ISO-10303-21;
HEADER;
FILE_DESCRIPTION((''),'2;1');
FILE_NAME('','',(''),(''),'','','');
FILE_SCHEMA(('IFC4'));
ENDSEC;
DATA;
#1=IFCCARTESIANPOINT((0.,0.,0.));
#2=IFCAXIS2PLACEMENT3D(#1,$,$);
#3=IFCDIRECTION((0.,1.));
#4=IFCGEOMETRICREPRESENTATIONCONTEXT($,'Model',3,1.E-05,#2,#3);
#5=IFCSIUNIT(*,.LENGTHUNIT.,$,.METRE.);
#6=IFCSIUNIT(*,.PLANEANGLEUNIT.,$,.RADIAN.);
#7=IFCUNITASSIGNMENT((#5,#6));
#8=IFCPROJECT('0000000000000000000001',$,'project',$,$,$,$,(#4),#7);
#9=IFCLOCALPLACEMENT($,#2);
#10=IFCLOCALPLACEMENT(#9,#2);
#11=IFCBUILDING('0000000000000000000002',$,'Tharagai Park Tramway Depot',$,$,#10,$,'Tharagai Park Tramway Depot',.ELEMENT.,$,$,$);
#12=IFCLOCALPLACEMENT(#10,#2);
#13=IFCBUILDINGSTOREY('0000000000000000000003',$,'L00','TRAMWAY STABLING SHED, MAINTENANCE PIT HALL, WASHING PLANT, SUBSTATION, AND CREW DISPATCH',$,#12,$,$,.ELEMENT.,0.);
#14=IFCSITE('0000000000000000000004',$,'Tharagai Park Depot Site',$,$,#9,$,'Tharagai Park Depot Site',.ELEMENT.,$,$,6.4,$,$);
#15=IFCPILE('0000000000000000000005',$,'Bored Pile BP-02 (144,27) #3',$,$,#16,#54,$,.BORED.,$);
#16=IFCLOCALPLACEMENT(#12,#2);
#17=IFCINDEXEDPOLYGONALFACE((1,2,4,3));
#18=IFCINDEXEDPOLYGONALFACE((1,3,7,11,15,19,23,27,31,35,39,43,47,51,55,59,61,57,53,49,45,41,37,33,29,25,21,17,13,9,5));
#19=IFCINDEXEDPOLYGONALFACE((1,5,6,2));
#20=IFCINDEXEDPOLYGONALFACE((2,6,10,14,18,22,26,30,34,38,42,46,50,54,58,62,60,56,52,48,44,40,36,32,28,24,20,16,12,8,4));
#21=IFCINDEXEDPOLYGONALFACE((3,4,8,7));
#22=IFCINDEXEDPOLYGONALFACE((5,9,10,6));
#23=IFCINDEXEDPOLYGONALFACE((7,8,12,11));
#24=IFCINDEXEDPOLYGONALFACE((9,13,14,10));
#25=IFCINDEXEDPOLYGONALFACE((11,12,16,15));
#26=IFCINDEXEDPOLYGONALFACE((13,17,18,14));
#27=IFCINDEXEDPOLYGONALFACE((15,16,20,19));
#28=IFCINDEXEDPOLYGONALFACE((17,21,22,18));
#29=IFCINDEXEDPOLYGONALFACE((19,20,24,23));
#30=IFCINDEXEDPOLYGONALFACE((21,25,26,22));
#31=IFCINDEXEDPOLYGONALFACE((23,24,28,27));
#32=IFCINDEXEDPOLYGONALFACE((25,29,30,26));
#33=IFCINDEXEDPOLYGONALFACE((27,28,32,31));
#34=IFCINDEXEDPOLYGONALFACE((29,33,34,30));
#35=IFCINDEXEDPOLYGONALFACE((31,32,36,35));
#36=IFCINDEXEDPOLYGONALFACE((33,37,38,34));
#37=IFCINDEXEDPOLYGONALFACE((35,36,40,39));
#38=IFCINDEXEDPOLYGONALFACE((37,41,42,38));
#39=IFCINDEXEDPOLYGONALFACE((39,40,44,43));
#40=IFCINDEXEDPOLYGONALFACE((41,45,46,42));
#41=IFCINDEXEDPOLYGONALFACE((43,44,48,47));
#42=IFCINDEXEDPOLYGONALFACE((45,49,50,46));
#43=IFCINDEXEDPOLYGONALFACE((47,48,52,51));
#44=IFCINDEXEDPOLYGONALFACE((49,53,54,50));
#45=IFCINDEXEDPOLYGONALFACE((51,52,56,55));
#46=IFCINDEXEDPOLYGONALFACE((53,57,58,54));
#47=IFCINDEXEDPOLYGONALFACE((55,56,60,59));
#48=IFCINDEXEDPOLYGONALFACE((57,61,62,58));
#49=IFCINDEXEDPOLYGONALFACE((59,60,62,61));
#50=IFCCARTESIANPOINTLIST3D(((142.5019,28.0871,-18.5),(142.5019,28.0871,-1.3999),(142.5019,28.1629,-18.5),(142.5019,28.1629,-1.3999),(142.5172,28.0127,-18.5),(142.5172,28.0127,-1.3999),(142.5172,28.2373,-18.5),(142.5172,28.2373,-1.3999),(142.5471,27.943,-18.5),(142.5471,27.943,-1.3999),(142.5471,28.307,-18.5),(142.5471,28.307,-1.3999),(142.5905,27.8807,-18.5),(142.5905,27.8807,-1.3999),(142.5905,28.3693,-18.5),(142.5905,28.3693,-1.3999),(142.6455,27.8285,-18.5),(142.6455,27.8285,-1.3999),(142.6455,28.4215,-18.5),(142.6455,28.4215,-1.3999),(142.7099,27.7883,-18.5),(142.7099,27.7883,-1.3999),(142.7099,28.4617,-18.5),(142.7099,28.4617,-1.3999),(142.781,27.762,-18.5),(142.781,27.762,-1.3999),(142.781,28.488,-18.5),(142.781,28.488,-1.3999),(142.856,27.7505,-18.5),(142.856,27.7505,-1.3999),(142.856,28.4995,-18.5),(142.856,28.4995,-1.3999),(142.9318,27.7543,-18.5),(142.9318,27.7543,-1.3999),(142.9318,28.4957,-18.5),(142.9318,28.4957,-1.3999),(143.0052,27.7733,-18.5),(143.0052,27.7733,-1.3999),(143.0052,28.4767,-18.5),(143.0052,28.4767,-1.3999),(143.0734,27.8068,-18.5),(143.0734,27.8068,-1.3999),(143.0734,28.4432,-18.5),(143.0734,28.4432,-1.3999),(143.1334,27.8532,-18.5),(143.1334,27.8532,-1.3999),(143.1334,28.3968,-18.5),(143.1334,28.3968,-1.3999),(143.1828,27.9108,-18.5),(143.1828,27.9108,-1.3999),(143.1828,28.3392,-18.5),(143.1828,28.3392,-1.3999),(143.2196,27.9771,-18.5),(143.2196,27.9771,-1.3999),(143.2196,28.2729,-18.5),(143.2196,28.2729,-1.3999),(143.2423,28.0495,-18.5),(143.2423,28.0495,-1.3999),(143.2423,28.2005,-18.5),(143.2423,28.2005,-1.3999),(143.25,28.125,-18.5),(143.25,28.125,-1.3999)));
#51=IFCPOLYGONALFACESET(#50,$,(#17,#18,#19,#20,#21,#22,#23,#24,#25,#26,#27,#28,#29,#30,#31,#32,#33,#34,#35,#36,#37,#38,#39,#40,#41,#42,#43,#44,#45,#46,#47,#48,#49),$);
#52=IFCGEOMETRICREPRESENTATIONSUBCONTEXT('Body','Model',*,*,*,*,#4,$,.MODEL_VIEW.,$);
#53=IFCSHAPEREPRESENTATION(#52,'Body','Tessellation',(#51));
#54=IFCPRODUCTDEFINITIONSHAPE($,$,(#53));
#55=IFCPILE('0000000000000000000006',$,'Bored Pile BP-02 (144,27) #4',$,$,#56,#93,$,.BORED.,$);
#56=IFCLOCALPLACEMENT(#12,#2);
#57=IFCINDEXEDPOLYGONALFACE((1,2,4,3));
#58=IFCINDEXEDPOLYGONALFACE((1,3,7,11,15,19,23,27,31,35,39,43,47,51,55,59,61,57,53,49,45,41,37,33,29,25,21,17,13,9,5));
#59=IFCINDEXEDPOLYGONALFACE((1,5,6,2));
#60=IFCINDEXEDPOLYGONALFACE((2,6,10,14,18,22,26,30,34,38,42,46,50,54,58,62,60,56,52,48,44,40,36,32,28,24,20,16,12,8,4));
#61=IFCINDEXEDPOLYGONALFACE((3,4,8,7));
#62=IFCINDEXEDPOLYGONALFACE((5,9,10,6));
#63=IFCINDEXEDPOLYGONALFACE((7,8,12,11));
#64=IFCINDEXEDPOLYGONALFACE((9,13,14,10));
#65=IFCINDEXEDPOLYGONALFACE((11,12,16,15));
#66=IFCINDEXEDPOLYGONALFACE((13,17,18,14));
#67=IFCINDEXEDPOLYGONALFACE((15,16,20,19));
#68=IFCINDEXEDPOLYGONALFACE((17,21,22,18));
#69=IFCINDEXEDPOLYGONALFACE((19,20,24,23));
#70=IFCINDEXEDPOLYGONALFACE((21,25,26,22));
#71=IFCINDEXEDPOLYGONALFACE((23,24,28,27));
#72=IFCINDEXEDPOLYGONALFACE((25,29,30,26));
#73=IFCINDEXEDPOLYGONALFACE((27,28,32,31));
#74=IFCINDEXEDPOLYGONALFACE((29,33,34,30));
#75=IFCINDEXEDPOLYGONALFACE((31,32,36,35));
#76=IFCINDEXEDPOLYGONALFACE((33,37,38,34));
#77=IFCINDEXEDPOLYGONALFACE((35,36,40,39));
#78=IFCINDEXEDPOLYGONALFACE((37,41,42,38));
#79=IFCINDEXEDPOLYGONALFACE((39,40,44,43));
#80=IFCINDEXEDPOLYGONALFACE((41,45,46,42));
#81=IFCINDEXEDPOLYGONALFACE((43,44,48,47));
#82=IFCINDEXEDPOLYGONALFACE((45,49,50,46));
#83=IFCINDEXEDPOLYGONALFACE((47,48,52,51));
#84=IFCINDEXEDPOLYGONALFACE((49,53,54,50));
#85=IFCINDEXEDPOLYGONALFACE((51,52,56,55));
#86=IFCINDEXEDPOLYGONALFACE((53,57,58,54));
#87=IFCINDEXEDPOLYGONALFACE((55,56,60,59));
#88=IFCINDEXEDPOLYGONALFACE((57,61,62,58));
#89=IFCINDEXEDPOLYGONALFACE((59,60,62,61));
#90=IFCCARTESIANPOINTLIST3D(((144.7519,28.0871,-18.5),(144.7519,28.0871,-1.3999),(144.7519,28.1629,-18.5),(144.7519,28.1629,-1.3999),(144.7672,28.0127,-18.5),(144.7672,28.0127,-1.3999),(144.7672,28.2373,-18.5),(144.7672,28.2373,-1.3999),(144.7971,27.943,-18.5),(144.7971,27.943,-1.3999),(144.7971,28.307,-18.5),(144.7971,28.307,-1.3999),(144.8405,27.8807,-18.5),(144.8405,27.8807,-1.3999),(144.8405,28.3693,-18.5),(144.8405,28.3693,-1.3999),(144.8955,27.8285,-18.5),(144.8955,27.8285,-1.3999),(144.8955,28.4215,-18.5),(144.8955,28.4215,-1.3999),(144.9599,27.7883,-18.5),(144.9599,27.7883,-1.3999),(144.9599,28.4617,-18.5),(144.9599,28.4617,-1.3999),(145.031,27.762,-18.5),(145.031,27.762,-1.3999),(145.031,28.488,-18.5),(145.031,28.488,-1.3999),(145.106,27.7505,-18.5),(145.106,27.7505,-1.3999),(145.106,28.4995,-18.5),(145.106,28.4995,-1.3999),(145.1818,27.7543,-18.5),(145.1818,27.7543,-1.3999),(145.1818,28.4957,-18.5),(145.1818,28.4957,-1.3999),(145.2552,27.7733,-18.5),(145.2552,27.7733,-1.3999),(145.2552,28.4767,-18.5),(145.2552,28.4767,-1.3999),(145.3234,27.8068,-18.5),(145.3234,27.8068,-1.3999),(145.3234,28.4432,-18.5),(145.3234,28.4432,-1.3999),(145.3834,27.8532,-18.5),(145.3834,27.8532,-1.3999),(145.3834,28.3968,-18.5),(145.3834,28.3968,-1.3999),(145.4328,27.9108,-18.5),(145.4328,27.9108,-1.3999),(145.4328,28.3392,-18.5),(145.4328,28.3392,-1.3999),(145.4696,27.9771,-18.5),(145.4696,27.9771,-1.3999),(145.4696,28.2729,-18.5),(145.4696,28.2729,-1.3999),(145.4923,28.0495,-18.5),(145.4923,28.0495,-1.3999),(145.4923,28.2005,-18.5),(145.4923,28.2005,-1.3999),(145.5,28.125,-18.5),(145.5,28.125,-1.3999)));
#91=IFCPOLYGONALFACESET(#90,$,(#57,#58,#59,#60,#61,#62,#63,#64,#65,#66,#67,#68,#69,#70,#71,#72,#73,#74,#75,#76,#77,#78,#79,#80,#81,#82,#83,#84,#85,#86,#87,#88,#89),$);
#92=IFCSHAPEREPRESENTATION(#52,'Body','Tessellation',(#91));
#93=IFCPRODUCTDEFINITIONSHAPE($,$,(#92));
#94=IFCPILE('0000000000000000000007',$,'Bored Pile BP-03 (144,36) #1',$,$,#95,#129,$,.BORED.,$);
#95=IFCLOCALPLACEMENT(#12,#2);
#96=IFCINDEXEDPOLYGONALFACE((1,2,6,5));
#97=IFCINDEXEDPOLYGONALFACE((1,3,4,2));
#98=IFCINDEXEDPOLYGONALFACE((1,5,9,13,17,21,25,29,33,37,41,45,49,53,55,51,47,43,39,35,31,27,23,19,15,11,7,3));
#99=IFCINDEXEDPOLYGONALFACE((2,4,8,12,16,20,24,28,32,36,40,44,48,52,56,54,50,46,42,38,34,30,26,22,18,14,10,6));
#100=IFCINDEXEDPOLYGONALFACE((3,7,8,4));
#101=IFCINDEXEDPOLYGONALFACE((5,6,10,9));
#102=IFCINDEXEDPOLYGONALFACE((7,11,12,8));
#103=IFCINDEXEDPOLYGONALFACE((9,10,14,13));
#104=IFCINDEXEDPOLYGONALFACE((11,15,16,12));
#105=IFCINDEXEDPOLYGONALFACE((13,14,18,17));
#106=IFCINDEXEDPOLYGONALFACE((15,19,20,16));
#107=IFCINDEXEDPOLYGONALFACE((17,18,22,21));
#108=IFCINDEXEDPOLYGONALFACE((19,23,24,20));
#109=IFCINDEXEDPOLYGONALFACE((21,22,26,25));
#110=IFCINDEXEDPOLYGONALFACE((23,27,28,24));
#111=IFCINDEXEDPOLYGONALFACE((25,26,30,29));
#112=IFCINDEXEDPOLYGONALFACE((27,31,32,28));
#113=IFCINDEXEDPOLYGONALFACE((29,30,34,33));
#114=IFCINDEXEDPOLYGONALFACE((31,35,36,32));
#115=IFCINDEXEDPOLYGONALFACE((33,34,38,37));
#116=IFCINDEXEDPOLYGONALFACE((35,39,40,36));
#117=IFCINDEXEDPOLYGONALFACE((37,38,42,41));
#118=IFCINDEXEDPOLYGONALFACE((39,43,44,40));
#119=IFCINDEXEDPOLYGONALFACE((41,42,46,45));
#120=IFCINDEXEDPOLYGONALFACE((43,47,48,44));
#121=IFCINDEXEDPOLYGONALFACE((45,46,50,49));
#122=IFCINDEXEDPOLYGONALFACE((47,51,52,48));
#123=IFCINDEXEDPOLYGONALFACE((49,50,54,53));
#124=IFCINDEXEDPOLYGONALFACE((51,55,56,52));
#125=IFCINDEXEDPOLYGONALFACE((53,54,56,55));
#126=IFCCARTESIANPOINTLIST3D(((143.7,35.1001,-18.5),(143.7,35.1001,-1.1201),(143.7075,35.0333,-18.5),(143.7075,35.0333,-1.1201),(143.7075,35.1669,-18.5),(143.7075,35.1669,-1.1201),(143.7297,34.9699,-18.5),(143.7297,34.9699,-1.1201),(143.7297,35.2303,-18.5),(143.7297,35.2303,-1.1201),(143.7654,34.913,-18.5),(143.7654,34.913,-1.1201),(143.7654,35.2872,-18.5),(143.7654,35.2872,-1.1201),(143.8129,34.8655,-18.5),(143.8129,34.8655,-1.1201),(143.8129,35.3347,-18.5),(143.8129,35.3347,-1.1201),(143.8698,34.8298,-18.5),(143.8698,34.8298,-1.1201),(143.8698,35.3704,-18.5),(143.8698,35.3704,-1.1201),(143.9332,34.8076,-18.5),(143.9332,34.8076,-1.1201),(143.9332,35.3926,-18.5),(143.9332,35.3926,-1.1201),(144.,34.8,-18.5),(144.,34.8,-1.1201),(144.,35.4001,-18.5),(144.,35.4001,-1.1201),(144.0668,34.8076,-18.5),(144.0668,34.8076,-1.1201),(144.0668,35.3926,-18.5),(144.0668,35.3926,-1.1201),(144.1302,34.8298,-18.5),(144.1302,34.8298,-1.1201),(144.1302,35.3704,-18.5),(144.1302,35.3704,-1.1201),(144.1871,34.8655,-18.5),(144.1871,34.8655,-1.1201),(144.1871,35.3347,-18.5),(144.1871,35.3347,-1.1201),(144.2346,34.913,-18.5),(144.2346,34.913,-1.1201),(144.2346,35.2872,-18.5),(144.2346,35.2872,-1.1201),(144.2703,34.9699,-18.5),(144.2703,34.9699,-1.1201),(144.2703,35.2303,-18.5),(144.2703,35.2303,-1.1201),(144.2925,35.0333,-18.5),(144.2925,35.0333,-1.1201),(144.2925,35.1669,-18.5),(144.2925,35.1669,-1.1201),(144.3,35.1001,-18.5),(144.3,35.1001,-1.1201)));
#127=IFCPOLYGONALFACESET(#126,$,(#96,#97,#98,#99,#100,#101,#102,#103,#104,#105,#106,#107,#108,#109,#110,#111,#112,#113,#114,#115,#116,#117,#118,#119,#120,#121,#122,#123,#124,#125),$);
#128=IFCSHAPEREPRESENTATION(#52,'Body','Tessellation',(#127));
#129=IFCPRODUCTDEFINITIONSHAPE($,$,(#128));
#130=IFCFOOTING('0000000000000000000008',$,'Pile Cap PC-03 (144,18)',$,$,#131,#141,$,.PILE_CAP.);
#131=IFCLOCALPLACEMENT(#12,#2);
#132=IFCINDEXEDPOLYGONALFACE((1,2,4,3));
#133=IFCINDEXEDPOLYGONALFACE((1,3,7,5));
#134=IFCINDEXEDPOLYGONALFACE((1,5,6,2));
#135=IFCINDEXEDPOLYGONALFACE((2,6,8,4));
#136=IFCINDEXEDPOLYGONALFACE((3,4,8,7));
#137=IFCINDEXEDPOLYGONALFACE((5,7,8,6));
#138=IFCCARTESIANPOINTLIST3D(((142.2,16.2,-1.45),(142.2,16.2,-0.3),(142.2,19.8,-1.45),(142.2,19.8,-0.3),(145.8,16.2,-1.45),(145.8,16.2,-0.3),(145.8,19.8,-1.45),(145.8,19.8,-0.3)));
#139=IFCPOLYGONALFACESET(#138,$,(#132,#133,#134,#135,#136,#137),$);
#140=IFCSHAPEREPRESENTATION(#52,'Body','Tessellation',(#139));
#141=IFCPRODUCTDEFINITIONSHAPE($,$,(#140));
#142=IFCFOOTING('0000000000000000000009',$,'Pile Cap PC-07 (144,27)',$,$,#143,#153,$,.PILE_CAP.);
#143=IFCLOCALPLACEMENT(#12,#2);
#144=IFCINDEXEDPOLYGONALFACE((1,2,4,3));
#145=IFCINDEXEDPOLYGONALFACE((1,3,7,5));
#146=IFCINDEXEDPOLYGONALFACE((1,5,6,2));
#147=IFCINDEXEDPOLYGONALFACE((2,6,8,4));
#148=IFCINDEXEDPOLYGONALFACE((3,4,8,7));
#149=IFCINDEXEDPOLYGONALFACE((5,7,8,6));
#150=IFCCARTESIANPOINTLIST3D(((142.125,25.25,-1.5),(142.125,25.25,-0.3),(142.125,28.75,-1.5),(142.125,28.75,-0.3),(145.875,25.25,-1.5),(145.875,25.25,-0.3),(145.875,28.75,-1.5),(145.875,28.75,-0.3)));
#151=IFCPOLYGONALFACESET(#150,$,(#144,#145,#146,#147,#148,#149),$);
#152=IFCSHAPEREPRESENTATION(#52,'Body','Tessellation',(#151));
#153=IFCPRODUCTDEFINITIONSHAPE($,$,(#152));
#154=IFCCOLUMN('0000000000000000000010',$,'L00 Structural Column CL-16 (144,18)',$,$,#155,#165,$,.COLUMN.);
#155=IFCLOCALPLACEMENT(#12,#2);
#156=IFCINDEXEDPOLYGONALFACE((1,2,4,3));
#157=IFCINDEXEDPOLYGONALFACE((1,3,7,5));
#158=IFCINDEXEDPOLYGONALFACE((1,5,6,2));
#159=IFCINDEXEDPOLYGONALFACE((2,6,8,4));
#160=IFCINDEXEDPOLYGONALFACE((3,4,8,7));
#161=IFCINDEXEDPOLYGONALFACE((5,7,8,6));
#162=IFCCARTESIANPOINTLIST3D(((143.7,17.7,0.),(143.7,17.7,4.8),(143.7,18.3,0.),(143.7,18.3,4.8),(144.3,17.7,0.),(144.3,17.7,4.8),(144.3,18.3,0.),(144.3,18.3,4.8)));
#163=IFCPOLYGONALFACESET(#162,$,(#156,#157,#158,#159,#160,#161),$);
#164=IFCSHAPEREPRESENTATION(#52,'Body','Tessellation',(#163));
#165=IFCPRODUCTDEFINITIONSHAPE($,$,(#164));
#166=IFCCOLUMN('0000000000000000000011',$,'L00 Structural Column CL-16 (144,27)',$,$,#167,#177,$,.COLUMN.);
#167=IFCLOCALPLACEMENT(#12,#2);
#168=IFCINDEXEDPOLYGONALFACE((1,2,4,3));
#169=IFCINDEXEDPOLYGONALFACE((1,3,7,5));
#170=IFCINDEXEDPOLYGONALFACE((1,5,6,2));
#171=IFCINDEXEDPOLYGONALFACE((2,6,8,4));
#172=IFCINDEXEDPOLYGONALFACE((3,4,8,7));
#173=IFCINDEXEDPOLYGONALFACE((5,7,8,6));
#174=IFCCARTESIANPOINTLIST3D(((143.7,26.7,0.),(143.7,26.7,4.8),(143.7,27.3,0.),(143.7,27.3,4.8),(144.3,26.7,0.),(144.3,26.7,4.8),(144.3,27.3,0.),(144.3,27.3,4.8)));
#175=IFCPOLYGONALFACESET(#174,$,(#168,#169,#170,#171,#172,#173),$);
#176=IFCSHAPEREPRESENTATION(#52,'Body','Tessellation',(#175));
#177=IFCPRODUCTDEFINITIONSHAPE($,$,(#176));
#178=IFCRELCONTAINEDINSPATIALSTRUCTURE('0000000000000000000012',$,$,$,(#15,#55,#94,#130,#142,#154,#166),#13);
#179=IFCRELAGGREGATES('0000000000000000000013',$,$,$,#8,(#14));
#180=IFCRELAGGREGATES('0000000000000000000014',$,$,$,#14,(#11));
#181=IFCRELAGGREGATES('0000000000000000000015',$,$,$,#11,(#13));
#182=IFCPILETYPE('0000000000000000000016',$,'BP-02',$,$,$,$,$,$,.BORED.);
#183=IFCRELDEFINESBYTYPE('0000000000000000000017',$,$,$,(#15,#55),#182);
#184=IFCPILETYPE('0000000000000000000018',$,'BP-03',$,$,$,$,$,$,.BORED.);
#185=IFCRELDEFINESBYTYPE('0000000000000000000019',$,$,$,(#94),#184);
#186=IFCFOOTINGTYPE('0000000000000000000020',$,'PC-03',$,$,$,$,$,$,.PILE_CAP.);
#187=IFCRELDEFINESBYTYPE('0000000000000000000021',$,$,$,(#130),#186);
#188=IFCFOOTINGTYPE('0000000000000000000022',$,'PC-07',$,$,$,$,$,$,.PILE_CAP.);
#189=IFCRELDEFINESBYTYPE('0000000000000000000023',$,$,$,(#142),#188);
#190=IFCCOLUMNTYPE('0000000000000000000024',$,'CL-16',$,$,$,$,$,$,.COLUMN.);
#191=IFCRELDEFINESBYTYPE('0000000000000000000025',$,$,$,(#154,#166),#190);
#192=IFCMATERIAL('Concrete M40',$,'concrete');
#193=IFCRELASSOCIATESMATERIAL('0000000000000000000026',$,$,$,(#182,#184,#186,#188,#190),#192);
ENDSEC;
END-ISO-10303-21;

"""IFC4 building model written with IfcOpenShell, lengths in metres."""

from ifc_helpers import new_model, si_unit, direction, frame, origin, origin_2d, place, context, subcontext, project, spatial, rectangle, circle, extrude, material, material_profile, profile_set, type_object, element, save


model = new_model("IFC4")

# Units and contexts
model_context = context("Model", 3, precision=1e-05, world=origin(), true_north=direction((0.0, 1.0)))
body_context = subcontext(model_context, "Body", "Model", "MODEL_VIEW")
ifc_project = project(units=[si_unit("LENGTHUNIT", "METRE"), si_unit("PLANEANGLEUNIT", "RADIAN")], contexts=[model_context])

# Site, building, storey
site_placement = place(None, origin())
site = spatial("IfcSite", under=ifc_project, at=site_placement, Name="Tharagai Park Depot Site", LongName="Tharagai Park Depot Site", CompositionType="ELEMENT", RefElevation=6.4)
building_placement = place(site_placement, origin())
building = spatial("IfcBuilding", under=site, at=building_placement, Name="Tharagai Park Tramway Depot", LongName="Tharagai Park Tramway Depot", CompositionType="ELEMENT")
storey_placement = place(building_placement, origin())
storey = spatial("IfcBuildingStorey", under=building, at=storey_placement, Name="L00", Description="TRAMWAY STABLING SHED, MAINTENANCE PIT HALL, WASHING PLANT, SUBSTATION, AND CREW DISPATCH", CompositionType="ELEMENT", Elevation=0.0)

# Piles
ifc_material_1 = material(Name="Concrete M40", Category="concrete")
ifc_material_profile_1 = material_profile(ifc_material_1, circle(Radius=0.375, at=origin_2d()), Name="PILE D750")
ifc_profile_set_1 = profile_set([ifc_material_profile_1], Name="Concrete M40")
pile_type_1 = type_object("IfcPileType", Name="BP-02", PredefinedType="BORED", material=ifc_profile_set_1)
for number, where, z_axis, x_axis, name in (
    (1, (142.875, 28.125, -1.3999), (0.0, 0.0, -1.0), (1.0, 0.0, 0.0), "Bored Pile BP-02 (144,27) #3"),
    (2, (145.125, 28.125, -1.3999), (0.0, 0.0, -1.0), (1.0, 0.0, 0.0), "Bored Pile BP-02 (144,27) #4"),
):
    element("IfcPile", number, at=place(storey_placement, frame(where, z_axis=z_axis, x_axis=x_axis)), inside=storey, type_object=pile_type_1, Name=name, PredefinedType="BORED", context=body_context, shape_type="SweptSolid", body=[
        extrude(circle(Radius=0.375, at=origin_2d()), origin(), (0.0, 0.0, 1.0), 17.1001),
    ])
ifc_material_profile_2 = material_profile(ifc_material_1, circle(Radius=0.3, at=origin_2d()), Name="PILE D600")
ifc_profile_set_2 = profile_set([ifc_material_profile_2], Name="Concrete M40")
pile_type_2 = type_object("IfcPileType", Name="BP-03", PredefinedType="BORED", material=ifc_profile_set_2)
pile_placement = place(storey_placement, frame((144.0, 35.1001, -1.1201), z_axis=(0.0, 0.0, -1.0), x_axis=(1.0, 0.0, 0.0)))
element("IfcPile", 3, at=pile_placement, inside=storey, type_object=pile_type_2, Name="Bored Pile BP-03 (144,36) #1", PredefinedType="BORED", context=body_context, shape_type="SweptSolid", body=[
    extrude(circle(Radius=0.3, at=origin_2d()), origin(), (0.0, 0.0, 1.0), 17.3799),
])

# Footings
footing_type_1 = type_object("IfcFootingType", Name="PC-03", PredefinedType="PILE_CAP", material=ifc_material_1)
footing_1_placement = place(storey_placement, frame((144.0, 18.0, -1.45), z_axis=(0.0, 0.0, 1.0), x_axis=(1.0, 0.0, 0.0)))
element("IfcFooting", 4, at=footing_1_placement, inside=storey, type_object=footing_type_1, Name="Pile Cap PC-03 (144,18)", PredefinedType="PILE_CAP", context=body_context, shape_type="SweptSolid", body=[
    extrude(rectangle(XDim=3.6001, YDim=3.6001, at=origin_2d()), origin(), (0.0, 0.0, 1.0), 1.1499),
])
footing_type_2 = type_object("IfcFootingType", Name="PC-07", PredefinedType="PILE_CAP", material=ifc_material_1)
footing_2_placement = place(storey_placement, frame((144.0, 27.0, -1.5), z_axis=(0.0, 0.0, 1.0), x_axis=(1.0, 0.0, 0.0)))
element("IfcFooting", 5, at=footing_2_placement, inside=storey, type_object=footing_type_2, Name="Pile Cap PC-07 (144,27)", PredefinedType="PILE_CAP", context=body_context, shape_type="SweptSolid", body=[
    extrude(rectangle(XDim=3.75, YDim=3.5, at=origin_2d()), origin(), (0.0, 0.0, 1.0), 1.2),
])

# Columns
ifc_material_profile_3 = material_profile(ifc_material_1, rectangle(XDim=0.6001, YDim=0.6001, at=origin_2d()), Name="RC 600x600")
ifc_profile_set_3 = profile_set([ifc_material_profile_3], Name="Concrete M40")
column_type = type_object("IfcColumnType", Name="CL-16", PredefinedType="COLUMN", material=ifc_profile_set_3)
for number, where, z_axis, x_axis, name in (
    (6, (144.0, 18.0, 0.0), (0.0, 0.0, 1.0), (1.0, 0.0, 0.0), "L00 Structural Column CL-16 (144,18)"),
    (7, (144.0, 27.0, 0.0), (0.0, 0.0, 1.0), (1.0, 0.0, 0.0), "L00 Structural Column CL-16 (144,27)"),
):
    element("IfcColumn", number, at=place(storey_placement, frame(where, z_axis=z_axis, x_axis=x_axis)), inside=storey, type_object=column_type, Name=name, PredefinedType="COLUMN", context=body_context, shape_type="SweptSolid", body=[
        extrude(rectangle(XDim=0.6001, YDim=0.6001, at=origin_2d()), origin(), (0.0, 0.0, 1.0), 4.8),
    ])

save(model, "model.ifc")
